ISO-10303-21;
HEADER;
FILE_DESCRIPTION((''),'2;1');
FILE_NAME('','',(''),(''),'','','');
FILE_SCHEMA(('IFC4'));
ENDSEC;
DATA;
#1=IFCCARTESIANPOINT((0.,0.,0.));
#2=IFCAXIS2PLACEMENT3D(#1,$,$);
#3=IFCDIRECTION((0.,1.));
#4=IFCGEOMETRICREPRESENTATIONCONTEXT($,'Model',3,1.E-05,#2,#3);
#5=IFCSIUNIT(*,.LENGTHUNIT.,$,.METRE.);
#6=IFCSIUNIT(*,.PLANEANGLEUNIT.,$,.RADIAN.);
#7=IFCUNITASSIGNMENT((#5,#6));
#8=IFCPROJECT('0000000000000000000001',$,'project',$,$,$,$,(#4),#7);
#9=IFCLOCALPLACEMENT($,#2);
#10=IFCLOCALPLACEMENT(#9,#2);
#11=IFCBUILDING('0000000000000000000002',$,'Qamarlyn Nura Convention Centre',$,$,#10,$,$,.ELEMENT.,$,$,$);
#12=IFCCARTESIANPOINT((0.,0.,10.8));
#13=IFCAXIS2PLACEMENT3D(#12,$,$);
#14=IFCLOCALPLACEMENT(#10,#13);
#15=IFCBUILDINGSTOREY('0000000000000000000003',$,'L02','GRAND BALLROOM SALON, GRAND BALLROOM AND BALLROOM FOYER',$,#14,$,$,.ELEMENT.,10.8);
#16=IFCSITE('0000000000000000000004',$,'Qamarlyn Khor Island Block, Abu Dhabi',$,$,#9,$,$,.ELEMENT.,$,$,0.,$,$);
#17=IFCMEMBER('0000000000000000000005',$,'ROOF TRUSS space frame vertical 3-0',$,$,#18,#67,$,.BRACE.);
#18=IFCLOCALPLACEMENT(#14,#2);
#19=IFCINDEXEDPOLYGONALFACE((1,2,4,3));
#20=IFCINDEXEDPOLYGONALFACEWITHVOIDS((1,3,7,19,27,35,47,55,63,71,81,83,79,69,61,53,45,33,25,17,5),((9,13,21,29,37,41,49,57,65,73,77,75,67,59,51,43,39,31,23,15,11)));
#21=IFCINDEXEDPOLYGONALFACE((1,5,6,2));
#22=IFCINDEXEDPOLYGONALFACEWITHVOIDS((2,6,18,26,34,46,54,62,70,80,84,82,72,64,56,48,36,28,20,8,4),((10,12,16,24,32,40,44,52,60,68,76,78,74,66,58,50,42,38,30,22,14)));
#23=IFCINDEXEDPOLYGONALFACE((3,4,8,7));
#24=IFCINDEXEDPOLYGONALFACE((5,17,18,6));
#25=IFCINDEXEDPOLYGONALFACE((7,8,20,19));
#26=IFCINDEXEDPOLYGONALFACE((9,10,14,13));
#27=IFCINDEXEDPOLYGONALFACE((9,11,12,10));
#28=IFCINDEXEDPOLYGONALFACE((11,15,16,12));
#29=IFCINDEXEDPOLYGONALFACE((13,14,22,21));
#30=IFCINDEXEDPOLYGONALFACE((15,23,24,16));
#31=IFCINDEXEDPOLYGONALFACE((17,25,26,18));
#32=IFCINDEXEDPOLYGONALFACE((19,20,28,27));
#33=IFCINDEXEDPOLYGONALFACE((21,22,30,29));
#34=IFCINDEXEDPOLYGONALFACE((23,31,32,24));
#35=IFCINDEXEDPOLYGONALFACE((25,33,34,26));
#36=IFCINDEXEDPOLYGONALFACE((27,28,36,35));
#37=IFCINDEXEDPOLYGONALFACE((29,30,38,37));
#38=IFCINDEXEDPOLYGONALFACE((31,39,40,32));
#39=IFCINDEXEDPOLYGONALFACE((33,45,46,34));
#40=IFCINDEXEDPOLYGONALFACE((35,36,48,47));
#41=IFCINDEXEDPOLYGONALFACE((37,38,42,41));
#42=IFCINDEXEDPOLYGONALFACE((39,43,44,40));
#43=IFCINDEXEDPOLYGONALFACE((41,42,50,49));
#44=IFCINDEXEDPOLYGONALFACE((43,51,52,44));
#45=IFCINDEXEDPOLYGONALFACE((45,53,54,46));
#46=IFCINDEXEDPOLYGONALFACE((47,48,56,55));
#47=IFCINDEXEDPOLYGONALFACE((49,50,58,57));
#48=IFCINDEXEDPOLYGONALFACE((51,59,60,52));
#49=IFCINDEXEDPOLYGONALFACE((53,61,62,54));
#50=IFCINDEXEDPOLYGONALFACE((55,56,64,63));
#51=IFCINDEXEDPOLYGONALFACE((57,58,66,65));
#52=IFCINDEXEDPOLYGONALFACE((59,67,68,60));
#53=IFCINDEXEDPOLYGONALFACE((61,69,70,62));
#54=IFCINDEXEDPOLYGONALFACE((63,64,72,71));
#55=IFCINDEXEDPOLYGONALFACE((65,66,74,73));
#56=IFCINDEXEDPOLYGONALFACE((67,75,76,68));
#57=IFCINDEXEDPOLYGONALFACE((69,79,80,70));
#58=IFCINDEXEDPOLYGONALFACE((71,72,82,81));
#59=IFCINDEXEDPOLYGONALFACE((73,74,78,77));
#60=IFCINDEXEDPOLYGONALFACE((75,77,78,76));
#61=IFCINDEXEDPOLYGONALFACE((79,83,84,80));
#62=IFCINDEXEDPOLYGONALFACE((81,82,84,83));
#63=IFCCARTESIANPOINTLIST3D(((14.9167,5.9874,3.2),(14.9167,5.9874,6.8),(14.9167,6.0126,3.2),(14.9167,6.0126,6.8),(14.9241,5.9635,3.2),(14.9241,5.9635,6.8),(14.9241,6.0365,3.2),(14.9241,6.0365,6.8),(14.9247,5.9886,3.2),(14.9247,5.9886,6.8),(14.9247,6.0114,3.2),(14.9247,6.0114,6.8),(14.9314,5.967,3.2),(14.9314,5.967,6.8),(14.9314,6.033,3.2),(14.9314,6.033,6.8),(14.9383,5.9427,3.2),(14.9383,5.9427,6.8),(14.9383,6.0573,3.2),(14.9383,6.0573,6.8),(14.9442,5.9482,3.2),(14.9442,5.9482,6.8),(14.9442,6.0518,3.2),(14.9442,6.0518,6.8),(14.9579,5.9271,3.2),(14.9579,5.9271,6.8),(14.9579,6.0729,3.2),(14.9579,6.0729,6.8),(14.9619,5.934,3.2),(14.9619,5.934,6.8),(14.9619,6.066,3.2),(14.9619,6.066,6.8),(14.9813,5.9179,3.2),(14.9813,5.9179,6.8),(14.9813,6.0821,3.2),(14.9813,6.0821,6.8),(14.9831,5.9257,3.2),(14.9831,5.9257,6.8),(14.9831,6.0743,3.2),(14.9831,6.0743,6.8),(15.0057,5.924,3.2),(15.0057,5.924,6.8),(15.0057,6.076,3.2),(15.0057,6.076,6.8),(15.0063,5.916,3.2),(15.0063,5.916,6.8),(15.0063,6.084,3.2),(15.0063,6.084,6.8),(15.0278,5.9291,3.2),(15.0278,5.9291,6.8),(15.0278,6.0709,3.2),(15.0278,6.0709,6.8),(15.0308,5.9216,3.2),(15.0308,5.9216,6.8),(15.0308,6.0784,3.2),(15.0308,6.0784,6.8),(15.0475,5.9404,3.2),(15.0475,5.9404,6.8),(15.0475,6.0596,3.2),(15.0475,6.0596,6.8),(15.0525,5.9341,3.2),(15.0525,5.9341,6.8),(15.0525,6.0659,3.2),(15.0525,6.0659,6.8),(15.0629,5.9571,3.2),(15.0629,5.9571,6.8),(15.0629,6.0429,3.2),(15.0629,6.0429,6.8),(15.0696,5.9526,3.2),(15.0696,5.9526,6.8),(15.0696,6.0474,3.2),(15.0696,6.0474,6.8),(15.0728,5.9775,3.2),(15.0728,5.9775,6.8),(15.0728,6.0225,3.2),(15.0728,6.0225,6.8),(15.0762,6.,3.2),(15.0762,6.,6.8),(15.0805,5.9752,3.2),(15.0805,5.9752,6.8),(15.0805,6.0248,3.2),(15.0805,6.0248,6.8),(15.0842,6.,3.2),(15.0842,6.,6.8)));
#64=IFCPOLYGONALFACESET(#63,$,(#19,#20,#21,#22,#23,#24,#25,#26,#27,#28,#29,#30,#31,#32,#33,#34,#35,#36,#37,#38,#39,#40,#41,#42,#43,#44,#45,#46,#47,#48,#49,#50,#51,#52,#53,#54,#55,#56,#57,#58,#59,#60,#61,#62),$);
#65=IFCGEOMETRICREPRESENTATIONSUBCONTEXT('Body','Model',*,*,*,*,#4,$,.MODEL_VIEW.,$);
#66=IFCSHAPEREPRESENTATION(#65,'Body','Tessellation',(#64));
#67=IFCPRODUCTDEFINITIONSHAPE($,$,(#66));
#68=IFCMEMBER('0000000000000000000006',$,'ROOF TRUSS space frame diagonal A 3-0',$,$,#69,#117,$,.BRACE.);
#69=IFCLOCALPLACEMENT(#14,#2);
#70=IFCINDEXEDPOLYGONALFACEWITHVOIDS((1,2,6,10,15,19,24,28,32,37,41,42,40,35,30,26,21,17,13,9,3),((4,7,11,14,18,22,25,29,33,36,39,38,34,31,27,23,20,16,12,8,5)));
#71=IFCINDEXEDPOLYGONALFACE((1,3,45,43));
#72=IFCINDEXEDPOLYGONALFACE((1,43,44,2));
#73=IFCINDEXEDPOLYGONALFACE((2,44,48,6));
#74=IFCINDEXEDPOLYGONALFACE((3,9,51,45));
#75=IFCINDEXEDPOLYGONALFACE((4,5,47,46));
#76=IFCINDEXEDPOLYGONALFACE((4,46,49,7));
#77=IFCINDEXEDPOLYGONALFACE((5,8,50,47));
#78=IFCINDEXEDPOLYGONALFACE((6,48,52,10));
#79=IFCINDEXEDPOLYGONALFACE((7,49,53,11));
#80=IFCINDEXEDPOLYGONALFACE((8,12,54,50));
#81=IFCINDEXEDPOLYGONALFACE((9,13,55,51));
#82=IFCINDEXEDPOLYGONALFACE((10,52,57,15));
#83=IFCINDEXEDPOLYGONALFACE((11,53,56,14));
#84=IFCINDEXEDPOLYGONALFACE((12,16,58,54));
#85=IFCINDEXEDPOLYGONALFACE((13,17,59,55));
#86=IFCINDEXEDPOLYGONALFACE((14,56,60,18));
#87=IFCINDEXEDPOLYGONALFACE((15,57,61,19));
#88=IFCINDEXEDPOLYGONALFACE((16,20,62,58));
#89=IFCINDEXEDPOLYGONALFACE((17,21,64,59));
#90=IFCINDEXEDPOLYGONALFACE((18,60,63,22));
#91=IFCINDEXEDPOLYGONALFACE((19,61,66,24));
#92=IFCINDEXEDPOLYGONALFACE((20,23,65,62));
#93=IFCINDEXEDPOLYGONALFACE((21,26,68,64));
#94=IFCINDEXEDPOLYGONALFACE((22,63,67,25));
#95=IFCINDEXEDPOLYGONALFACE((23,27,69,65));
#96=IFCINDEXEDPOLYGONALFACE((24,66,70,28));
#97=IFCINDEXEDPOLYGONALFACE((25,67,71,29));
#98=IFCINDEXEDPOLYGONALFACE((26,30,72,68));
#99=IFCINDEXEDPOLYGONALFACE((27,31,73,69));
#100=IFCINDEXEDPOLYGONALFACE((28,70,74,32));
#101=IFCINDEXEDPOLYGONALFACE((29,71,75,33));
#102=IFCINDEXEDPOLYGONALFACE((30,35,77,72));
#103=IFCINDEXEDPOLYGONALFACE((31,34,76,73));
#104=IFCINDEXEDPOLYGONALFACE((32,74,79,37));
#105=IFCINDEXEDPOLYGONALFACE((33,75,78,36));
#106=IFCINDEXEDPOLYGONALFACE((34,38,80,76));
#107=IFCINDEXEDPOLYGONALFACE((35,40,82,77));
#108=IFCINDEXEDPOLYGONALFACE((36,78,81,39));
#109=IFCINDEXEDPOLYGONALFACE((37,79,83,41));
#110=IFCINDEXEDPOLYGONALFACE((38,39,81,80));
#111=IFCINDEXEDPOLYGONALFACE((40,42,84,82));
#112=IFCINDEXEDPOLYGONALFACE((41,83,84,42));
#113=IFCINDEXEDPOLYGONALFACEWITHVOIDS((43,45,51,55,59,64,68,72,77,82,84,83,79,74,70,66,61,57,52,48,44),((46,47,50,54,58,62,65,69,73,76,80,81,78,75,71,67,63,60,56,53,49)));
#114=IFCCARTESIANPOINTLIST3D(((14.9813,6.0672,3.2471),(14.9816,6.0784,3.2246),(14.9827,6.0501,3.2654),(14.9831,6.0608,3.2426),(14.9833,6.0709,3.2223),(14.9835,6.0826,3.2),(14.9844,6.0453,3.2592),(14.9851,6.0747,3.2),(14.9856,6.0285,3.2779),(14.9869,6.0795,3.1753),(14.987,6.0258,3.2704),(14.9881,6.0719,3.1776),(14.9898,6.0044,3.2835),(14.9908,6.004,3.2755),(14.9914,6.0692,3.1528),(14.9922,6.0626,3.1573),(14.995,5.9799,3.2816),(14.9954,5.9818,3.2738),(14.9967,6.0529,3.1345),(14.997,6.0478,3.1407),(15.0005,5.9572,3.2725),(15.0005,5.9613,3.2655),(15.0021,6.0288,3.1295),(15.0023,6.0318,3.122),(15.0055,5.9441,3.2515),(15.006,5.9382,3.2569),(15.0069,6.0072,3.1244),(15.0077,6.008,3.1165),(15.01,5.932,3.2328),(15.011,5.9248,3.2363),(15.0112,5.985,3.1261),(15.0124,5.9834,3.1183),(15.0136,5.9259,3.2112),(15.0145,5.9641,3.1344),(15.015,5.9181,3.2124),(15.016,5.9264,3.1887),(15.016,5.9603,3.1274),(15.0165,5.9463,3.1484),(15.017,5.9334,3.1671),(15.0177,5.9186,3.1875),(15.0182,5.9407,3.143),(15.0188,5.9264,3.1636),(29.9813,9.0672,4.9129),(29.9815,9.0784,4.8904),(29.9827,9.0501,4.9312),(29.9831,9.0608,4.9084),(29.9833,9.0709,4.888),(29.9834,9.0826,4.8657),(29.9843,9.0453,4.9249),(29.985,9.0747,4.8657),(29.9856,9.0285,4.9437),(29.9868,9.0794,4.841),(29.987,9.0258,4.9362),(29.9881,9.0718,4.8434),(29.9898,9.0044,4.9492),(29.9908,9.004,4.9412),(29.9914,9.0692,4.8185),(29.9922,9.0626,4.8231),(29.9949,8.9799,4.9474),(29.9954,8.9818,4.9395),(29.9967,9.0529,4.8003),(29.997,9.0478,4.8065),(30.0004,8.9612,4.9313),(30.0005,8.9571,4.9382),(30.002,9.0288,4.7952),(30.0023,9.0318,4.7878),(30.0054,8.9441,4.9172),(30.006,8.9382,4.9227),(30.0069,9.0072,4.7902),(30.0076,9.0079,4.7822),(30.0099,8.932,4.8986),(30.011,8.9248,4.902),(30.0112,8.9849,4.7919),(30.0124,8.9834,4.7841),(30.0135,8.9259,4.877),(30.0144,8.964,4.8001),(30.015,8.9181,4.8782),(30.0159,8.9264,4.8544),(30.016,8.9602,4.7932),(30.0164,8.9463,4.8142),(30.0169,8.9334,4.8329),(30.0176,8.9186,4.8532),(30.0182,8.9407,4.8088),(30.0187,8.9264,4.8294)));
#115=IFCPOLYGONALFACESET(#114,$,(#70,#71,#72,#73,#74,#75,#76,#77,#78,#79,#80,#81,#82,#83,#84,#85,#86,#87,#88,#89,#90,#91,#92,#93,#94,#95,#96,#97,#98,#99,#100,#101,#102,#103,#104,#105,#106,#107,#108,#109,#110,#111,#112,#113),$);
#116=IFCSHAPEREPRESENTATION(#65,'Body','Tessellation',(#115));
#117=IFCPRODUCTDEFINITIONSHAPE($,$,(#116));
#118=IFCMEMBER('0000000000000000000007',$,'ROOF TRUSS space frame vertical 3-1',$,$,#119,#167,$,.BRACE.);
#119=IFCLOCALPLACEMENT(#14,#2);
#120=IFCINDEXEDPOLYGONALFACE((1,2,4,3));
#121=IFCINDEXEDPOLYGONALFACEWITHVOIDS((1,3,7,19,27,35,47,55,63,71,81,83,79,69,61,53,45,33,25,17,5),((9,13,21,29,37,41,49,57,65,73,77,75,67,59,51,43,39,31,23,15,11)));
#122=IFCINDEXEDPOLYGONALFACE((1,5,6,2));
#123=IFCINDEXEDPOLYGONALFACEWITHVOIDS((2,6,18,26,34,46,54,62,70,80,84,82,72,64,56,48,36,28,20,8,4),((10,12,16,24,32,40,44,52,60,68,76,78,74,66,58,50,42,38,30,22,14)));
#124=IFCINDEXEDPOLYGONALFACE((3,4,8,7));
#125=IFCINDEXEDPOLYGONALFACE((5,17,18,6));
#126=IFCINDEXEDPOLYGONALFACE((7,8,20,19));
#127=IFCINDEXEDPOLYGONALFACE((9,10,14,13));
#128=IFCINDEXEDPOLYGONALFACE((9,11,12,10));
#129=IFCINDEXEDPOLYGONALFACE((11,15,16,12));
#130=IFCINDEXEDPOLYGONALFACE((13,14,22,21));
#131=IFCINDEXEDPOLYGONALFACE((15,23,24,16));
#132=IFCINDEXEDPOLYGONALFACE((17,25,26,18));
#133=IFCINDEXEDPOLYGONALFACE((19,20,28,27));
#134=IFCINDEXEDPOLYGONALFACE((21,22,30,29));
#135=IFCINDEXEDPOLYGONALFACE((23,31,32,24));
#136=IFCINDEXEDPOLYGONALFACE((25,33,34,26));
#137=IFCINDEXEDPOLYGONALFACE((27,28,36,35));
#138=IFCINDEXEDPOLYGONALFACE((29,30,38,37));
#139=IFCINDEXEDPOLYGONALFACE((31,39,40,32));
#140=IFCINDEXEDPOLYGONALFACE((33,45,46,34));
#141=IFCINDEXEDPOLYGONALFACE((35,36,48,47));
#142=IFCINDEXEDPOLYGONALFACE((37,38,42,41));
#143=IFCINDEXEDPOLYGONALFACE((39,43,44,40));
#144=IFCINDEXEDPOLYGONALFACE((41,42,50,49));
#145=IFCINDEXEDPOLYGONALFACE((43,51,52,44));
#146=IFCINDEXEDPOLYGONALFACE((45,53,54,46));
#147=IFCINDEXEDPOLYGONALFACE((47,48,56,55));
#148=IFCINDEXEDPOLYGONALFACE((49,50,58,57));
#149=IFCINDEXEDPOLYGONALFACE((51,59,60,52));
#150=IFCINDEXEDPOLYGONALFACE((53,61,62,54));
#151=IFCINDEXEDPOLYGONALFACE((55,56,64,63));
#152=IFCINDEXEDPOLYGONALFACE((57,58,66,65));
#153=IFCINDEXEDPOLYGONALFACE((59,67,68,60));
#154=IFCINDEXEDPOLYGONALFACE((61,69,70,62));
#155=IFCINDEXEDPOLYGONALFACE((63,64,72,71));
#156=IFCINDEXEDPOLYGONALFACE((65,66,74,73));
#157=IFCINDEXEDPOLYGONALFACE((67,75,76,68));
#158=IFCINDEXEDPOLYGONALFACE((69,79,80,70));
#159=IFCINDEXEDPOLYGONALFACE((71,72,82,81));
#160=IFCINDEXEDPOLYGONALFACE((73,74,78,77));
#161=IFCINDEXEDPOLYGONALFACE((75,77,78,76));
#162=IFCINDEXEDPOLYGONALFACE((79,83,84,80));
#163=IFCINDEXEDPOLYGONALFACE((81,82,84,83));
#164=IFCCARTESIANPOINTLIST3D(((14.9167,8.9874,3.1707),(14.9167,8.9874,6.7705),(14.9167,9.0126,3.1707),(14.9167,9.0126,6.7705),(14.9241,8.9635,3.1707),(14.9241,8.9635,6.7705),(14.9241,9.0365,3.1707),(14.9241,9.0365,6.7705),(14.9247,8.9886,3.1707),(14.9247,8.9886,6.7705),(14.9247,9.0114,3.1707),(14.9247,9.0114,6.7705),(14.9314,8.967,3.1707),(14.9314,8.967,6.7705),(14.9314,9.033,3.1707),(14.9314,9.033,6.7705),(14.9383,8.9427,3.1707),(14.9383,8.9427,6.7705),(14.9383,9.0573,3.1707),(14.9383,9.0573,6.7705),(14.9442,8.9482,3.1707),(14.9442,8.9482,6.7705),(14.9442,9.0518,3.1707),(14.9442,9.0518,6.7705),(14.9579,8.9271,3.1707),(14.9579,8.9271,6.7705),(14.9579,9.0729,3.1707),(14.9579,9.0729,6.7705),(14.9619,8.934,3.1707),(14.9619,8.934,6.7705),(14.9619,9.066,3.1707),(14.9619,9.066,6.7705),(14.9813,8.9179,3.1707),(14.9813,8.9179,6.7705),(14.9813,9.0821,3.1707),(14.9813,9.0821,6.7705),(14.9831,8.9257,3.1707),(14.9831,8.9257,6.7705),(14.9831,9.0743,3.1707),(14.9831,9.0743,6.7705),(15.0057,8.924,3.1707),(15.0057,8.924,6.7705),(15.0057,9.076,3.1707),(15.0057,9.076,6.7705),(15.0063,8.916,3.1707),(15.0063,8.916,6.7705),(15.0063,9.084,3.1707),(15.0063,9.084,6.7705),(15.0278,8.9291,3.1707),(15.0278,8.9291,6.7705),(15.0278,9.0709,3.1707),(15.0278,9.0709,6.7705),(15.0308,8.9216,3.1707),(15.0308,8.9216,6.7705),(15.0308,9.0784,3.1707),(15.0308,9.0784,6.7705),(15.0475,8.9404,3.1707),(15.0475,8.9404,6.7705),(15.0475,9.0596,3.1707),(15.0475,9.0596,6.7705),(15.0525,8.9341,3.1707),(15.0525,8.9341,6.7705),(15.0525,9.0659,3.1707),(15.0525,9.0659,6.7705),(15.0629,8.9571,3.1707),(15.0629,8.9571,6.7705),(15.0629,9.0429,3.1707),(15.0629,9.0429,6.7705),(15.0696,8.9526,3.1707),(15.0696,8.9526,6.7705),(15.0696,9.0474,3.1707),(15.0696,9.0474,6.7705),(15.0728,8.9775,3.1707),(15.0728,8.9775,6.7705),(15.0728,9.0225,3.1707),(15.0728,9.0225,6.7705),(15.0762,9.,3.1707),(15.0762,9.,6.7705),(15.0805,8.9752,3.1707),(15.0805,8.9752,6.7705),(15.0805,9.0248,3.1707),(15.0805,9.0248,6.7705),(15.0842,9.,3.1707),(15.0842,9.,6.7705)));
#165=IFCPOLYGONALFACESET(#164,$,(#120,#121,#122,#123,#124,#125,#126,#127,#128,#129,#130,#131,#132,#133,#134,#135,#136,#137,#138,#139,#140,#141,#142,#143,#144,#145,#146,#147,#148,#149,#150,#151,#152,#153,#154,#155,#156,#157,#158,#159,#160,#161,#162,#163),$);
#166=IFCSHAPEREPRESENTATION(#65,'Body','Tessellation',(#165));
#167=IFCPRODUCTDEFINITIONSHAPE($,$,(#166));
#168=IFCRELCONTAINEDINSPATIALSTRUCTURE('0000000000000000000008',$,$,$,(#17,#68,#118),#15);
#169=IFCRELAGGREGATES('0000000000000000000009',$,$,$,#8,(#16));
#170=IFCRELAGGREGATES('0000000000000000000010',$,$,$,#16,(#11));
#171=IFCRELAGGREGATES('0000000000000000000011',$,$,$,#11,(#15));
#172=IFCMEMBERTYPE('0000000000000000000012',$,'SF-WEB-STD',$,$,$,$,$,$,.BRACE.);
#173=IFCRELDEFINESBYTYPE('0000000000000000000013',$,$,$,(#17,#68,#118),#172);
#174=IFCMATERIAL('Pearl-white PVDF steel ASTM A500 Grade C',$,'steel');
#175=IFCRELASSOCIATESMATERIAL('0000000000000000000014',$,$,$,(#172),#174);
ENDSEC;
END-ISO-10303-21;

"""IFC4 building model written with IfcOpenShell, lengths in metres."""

from ifc_helpers import new_model, si_unit, direction, frame, origin, origin_2d, place, context, subcontext, project, spatial, hollow_circle, extrude, material, material_profile, profile_set, type_object, element, save


model = new_model("IFC4")

# Units and contexts
model_context = context("Model", 3, precision=1e-05, world=origin(), true_north=direction((0.0, 1.0)))
body_context = subcontext(model_context, "Body", "Model", "MODEL_VIEW")
ifc_project = project(units=[si_unit("LENGTHUNIT", "METRE"), si_unit("PLANEANGLEUNIT", "RADIAN")], contexts=[model_context])

# Site, building, storey
site_placement = place(None, origin())
site = spatial("IfcSite", under=ifc_project, at=site_placement, Name="Qamarlyn Khor Island Block, Abu Dhabi", CompositionType="ELEMENT", RefElevation=0.0)
building_placement = place(site_placement, origin())
building = spatial("IfcBuilding", under=site, at=building_placement, Name="Qamarlyn Nura Convention Centre", CompositionType="ELEMENT")
storey_placement = place(building_placement, frame((0.0, 0.0, 10.8)))
storey = spatial("IfcBuildingStorey", under=building, at=storey_placement, Name="L02", Description="GRAND BALLROOM SALON, GRAND BALLROOM AND BALLROOM FOYER", CompositionType="ELEMENT", Elevation=10.8)

# Members
ifc_material_1 = material(Name="Pearl-white PVDF steel ASTM A500 Grade C", Category="steel")
ifc_material_profile_1 = material_profile(ifc_material_1, hollow_circle(Radius=0.0842, WallThickness=0.0081, at=origin_2d()), Name="CHS168.3X8")
ifc_profile_set_1 = profile_set([ifc_material_profile_1], Name="Pearl-white PVDF steel ASTM A500 Grade C")
member_type_1 = type_object("IfcMemberType", Name="SF-WEB-STD", PredefinedType="BRACE", material=ifc_profile_set_1)
member_1_placement = place(storey_placement, frame((15.0, 6.0, 3.2), z_axis=(0.0, 0.0, 1.0), x_axis=(1.0, 0.0, 0.0)))
element("IfcMember", 1, at=member_1_placement, inside=storey, type_object=member_type_1, Name="ROOF TRUSS space frame vertical 3-0", PredefinedType="BRACE", context=body_context, shape_type="SweptSolid", body=[
    extrude(hollow_circle(Radius=0.0842, WallThickness=0.0081, at=origin_2d()), origin(), (0.0, 0.0, 1.0), 3.6001),
])
member_2_placement = place(storey_placement, frame((15.0, 6.0, 3.2), z_axis=(0.974818, 0.194964, 0.108255), x_axis=(-0.196116, 0.980581, 0.0)))
element("IfcMember", 2, at=member_2_placement, inside=storey, type_object=member_type_1, Name="ROOF TRUSS space frame diagonal A 3-0", PredefinedType="BRACE", context=body_context, shape_type="SweptSolid", body=[
    extrude(hollow_circle(Radius=0.0842, WallThickness=0.0081, at=origin_2d()), origin(), (0.0, 0.0, 1.0), 15.3875),
])
member_3_placement = place(storey_placement, frame((15.0, 9.0, 3.1707), z_axis=(0.0, 0.0, 1.0), x_axis=(1.0, 0.0, 0.0)))
element("IfcMember", 3, at=member_3_placement, inside=storey, type_object=member_type_1, Name="ROOF TRUSS space frame vertical 3-1", PredefinedType="BRACE", context=body_context, shape_type="SweptSolid", body=[
    extrude(hollow_circle(Radius=0.0842, WallThickness=0.0081, at=origin_2d()), origin(), (0.0, 0.0, 1.0), 3.5999),
])

save(model, "model.ifc")
